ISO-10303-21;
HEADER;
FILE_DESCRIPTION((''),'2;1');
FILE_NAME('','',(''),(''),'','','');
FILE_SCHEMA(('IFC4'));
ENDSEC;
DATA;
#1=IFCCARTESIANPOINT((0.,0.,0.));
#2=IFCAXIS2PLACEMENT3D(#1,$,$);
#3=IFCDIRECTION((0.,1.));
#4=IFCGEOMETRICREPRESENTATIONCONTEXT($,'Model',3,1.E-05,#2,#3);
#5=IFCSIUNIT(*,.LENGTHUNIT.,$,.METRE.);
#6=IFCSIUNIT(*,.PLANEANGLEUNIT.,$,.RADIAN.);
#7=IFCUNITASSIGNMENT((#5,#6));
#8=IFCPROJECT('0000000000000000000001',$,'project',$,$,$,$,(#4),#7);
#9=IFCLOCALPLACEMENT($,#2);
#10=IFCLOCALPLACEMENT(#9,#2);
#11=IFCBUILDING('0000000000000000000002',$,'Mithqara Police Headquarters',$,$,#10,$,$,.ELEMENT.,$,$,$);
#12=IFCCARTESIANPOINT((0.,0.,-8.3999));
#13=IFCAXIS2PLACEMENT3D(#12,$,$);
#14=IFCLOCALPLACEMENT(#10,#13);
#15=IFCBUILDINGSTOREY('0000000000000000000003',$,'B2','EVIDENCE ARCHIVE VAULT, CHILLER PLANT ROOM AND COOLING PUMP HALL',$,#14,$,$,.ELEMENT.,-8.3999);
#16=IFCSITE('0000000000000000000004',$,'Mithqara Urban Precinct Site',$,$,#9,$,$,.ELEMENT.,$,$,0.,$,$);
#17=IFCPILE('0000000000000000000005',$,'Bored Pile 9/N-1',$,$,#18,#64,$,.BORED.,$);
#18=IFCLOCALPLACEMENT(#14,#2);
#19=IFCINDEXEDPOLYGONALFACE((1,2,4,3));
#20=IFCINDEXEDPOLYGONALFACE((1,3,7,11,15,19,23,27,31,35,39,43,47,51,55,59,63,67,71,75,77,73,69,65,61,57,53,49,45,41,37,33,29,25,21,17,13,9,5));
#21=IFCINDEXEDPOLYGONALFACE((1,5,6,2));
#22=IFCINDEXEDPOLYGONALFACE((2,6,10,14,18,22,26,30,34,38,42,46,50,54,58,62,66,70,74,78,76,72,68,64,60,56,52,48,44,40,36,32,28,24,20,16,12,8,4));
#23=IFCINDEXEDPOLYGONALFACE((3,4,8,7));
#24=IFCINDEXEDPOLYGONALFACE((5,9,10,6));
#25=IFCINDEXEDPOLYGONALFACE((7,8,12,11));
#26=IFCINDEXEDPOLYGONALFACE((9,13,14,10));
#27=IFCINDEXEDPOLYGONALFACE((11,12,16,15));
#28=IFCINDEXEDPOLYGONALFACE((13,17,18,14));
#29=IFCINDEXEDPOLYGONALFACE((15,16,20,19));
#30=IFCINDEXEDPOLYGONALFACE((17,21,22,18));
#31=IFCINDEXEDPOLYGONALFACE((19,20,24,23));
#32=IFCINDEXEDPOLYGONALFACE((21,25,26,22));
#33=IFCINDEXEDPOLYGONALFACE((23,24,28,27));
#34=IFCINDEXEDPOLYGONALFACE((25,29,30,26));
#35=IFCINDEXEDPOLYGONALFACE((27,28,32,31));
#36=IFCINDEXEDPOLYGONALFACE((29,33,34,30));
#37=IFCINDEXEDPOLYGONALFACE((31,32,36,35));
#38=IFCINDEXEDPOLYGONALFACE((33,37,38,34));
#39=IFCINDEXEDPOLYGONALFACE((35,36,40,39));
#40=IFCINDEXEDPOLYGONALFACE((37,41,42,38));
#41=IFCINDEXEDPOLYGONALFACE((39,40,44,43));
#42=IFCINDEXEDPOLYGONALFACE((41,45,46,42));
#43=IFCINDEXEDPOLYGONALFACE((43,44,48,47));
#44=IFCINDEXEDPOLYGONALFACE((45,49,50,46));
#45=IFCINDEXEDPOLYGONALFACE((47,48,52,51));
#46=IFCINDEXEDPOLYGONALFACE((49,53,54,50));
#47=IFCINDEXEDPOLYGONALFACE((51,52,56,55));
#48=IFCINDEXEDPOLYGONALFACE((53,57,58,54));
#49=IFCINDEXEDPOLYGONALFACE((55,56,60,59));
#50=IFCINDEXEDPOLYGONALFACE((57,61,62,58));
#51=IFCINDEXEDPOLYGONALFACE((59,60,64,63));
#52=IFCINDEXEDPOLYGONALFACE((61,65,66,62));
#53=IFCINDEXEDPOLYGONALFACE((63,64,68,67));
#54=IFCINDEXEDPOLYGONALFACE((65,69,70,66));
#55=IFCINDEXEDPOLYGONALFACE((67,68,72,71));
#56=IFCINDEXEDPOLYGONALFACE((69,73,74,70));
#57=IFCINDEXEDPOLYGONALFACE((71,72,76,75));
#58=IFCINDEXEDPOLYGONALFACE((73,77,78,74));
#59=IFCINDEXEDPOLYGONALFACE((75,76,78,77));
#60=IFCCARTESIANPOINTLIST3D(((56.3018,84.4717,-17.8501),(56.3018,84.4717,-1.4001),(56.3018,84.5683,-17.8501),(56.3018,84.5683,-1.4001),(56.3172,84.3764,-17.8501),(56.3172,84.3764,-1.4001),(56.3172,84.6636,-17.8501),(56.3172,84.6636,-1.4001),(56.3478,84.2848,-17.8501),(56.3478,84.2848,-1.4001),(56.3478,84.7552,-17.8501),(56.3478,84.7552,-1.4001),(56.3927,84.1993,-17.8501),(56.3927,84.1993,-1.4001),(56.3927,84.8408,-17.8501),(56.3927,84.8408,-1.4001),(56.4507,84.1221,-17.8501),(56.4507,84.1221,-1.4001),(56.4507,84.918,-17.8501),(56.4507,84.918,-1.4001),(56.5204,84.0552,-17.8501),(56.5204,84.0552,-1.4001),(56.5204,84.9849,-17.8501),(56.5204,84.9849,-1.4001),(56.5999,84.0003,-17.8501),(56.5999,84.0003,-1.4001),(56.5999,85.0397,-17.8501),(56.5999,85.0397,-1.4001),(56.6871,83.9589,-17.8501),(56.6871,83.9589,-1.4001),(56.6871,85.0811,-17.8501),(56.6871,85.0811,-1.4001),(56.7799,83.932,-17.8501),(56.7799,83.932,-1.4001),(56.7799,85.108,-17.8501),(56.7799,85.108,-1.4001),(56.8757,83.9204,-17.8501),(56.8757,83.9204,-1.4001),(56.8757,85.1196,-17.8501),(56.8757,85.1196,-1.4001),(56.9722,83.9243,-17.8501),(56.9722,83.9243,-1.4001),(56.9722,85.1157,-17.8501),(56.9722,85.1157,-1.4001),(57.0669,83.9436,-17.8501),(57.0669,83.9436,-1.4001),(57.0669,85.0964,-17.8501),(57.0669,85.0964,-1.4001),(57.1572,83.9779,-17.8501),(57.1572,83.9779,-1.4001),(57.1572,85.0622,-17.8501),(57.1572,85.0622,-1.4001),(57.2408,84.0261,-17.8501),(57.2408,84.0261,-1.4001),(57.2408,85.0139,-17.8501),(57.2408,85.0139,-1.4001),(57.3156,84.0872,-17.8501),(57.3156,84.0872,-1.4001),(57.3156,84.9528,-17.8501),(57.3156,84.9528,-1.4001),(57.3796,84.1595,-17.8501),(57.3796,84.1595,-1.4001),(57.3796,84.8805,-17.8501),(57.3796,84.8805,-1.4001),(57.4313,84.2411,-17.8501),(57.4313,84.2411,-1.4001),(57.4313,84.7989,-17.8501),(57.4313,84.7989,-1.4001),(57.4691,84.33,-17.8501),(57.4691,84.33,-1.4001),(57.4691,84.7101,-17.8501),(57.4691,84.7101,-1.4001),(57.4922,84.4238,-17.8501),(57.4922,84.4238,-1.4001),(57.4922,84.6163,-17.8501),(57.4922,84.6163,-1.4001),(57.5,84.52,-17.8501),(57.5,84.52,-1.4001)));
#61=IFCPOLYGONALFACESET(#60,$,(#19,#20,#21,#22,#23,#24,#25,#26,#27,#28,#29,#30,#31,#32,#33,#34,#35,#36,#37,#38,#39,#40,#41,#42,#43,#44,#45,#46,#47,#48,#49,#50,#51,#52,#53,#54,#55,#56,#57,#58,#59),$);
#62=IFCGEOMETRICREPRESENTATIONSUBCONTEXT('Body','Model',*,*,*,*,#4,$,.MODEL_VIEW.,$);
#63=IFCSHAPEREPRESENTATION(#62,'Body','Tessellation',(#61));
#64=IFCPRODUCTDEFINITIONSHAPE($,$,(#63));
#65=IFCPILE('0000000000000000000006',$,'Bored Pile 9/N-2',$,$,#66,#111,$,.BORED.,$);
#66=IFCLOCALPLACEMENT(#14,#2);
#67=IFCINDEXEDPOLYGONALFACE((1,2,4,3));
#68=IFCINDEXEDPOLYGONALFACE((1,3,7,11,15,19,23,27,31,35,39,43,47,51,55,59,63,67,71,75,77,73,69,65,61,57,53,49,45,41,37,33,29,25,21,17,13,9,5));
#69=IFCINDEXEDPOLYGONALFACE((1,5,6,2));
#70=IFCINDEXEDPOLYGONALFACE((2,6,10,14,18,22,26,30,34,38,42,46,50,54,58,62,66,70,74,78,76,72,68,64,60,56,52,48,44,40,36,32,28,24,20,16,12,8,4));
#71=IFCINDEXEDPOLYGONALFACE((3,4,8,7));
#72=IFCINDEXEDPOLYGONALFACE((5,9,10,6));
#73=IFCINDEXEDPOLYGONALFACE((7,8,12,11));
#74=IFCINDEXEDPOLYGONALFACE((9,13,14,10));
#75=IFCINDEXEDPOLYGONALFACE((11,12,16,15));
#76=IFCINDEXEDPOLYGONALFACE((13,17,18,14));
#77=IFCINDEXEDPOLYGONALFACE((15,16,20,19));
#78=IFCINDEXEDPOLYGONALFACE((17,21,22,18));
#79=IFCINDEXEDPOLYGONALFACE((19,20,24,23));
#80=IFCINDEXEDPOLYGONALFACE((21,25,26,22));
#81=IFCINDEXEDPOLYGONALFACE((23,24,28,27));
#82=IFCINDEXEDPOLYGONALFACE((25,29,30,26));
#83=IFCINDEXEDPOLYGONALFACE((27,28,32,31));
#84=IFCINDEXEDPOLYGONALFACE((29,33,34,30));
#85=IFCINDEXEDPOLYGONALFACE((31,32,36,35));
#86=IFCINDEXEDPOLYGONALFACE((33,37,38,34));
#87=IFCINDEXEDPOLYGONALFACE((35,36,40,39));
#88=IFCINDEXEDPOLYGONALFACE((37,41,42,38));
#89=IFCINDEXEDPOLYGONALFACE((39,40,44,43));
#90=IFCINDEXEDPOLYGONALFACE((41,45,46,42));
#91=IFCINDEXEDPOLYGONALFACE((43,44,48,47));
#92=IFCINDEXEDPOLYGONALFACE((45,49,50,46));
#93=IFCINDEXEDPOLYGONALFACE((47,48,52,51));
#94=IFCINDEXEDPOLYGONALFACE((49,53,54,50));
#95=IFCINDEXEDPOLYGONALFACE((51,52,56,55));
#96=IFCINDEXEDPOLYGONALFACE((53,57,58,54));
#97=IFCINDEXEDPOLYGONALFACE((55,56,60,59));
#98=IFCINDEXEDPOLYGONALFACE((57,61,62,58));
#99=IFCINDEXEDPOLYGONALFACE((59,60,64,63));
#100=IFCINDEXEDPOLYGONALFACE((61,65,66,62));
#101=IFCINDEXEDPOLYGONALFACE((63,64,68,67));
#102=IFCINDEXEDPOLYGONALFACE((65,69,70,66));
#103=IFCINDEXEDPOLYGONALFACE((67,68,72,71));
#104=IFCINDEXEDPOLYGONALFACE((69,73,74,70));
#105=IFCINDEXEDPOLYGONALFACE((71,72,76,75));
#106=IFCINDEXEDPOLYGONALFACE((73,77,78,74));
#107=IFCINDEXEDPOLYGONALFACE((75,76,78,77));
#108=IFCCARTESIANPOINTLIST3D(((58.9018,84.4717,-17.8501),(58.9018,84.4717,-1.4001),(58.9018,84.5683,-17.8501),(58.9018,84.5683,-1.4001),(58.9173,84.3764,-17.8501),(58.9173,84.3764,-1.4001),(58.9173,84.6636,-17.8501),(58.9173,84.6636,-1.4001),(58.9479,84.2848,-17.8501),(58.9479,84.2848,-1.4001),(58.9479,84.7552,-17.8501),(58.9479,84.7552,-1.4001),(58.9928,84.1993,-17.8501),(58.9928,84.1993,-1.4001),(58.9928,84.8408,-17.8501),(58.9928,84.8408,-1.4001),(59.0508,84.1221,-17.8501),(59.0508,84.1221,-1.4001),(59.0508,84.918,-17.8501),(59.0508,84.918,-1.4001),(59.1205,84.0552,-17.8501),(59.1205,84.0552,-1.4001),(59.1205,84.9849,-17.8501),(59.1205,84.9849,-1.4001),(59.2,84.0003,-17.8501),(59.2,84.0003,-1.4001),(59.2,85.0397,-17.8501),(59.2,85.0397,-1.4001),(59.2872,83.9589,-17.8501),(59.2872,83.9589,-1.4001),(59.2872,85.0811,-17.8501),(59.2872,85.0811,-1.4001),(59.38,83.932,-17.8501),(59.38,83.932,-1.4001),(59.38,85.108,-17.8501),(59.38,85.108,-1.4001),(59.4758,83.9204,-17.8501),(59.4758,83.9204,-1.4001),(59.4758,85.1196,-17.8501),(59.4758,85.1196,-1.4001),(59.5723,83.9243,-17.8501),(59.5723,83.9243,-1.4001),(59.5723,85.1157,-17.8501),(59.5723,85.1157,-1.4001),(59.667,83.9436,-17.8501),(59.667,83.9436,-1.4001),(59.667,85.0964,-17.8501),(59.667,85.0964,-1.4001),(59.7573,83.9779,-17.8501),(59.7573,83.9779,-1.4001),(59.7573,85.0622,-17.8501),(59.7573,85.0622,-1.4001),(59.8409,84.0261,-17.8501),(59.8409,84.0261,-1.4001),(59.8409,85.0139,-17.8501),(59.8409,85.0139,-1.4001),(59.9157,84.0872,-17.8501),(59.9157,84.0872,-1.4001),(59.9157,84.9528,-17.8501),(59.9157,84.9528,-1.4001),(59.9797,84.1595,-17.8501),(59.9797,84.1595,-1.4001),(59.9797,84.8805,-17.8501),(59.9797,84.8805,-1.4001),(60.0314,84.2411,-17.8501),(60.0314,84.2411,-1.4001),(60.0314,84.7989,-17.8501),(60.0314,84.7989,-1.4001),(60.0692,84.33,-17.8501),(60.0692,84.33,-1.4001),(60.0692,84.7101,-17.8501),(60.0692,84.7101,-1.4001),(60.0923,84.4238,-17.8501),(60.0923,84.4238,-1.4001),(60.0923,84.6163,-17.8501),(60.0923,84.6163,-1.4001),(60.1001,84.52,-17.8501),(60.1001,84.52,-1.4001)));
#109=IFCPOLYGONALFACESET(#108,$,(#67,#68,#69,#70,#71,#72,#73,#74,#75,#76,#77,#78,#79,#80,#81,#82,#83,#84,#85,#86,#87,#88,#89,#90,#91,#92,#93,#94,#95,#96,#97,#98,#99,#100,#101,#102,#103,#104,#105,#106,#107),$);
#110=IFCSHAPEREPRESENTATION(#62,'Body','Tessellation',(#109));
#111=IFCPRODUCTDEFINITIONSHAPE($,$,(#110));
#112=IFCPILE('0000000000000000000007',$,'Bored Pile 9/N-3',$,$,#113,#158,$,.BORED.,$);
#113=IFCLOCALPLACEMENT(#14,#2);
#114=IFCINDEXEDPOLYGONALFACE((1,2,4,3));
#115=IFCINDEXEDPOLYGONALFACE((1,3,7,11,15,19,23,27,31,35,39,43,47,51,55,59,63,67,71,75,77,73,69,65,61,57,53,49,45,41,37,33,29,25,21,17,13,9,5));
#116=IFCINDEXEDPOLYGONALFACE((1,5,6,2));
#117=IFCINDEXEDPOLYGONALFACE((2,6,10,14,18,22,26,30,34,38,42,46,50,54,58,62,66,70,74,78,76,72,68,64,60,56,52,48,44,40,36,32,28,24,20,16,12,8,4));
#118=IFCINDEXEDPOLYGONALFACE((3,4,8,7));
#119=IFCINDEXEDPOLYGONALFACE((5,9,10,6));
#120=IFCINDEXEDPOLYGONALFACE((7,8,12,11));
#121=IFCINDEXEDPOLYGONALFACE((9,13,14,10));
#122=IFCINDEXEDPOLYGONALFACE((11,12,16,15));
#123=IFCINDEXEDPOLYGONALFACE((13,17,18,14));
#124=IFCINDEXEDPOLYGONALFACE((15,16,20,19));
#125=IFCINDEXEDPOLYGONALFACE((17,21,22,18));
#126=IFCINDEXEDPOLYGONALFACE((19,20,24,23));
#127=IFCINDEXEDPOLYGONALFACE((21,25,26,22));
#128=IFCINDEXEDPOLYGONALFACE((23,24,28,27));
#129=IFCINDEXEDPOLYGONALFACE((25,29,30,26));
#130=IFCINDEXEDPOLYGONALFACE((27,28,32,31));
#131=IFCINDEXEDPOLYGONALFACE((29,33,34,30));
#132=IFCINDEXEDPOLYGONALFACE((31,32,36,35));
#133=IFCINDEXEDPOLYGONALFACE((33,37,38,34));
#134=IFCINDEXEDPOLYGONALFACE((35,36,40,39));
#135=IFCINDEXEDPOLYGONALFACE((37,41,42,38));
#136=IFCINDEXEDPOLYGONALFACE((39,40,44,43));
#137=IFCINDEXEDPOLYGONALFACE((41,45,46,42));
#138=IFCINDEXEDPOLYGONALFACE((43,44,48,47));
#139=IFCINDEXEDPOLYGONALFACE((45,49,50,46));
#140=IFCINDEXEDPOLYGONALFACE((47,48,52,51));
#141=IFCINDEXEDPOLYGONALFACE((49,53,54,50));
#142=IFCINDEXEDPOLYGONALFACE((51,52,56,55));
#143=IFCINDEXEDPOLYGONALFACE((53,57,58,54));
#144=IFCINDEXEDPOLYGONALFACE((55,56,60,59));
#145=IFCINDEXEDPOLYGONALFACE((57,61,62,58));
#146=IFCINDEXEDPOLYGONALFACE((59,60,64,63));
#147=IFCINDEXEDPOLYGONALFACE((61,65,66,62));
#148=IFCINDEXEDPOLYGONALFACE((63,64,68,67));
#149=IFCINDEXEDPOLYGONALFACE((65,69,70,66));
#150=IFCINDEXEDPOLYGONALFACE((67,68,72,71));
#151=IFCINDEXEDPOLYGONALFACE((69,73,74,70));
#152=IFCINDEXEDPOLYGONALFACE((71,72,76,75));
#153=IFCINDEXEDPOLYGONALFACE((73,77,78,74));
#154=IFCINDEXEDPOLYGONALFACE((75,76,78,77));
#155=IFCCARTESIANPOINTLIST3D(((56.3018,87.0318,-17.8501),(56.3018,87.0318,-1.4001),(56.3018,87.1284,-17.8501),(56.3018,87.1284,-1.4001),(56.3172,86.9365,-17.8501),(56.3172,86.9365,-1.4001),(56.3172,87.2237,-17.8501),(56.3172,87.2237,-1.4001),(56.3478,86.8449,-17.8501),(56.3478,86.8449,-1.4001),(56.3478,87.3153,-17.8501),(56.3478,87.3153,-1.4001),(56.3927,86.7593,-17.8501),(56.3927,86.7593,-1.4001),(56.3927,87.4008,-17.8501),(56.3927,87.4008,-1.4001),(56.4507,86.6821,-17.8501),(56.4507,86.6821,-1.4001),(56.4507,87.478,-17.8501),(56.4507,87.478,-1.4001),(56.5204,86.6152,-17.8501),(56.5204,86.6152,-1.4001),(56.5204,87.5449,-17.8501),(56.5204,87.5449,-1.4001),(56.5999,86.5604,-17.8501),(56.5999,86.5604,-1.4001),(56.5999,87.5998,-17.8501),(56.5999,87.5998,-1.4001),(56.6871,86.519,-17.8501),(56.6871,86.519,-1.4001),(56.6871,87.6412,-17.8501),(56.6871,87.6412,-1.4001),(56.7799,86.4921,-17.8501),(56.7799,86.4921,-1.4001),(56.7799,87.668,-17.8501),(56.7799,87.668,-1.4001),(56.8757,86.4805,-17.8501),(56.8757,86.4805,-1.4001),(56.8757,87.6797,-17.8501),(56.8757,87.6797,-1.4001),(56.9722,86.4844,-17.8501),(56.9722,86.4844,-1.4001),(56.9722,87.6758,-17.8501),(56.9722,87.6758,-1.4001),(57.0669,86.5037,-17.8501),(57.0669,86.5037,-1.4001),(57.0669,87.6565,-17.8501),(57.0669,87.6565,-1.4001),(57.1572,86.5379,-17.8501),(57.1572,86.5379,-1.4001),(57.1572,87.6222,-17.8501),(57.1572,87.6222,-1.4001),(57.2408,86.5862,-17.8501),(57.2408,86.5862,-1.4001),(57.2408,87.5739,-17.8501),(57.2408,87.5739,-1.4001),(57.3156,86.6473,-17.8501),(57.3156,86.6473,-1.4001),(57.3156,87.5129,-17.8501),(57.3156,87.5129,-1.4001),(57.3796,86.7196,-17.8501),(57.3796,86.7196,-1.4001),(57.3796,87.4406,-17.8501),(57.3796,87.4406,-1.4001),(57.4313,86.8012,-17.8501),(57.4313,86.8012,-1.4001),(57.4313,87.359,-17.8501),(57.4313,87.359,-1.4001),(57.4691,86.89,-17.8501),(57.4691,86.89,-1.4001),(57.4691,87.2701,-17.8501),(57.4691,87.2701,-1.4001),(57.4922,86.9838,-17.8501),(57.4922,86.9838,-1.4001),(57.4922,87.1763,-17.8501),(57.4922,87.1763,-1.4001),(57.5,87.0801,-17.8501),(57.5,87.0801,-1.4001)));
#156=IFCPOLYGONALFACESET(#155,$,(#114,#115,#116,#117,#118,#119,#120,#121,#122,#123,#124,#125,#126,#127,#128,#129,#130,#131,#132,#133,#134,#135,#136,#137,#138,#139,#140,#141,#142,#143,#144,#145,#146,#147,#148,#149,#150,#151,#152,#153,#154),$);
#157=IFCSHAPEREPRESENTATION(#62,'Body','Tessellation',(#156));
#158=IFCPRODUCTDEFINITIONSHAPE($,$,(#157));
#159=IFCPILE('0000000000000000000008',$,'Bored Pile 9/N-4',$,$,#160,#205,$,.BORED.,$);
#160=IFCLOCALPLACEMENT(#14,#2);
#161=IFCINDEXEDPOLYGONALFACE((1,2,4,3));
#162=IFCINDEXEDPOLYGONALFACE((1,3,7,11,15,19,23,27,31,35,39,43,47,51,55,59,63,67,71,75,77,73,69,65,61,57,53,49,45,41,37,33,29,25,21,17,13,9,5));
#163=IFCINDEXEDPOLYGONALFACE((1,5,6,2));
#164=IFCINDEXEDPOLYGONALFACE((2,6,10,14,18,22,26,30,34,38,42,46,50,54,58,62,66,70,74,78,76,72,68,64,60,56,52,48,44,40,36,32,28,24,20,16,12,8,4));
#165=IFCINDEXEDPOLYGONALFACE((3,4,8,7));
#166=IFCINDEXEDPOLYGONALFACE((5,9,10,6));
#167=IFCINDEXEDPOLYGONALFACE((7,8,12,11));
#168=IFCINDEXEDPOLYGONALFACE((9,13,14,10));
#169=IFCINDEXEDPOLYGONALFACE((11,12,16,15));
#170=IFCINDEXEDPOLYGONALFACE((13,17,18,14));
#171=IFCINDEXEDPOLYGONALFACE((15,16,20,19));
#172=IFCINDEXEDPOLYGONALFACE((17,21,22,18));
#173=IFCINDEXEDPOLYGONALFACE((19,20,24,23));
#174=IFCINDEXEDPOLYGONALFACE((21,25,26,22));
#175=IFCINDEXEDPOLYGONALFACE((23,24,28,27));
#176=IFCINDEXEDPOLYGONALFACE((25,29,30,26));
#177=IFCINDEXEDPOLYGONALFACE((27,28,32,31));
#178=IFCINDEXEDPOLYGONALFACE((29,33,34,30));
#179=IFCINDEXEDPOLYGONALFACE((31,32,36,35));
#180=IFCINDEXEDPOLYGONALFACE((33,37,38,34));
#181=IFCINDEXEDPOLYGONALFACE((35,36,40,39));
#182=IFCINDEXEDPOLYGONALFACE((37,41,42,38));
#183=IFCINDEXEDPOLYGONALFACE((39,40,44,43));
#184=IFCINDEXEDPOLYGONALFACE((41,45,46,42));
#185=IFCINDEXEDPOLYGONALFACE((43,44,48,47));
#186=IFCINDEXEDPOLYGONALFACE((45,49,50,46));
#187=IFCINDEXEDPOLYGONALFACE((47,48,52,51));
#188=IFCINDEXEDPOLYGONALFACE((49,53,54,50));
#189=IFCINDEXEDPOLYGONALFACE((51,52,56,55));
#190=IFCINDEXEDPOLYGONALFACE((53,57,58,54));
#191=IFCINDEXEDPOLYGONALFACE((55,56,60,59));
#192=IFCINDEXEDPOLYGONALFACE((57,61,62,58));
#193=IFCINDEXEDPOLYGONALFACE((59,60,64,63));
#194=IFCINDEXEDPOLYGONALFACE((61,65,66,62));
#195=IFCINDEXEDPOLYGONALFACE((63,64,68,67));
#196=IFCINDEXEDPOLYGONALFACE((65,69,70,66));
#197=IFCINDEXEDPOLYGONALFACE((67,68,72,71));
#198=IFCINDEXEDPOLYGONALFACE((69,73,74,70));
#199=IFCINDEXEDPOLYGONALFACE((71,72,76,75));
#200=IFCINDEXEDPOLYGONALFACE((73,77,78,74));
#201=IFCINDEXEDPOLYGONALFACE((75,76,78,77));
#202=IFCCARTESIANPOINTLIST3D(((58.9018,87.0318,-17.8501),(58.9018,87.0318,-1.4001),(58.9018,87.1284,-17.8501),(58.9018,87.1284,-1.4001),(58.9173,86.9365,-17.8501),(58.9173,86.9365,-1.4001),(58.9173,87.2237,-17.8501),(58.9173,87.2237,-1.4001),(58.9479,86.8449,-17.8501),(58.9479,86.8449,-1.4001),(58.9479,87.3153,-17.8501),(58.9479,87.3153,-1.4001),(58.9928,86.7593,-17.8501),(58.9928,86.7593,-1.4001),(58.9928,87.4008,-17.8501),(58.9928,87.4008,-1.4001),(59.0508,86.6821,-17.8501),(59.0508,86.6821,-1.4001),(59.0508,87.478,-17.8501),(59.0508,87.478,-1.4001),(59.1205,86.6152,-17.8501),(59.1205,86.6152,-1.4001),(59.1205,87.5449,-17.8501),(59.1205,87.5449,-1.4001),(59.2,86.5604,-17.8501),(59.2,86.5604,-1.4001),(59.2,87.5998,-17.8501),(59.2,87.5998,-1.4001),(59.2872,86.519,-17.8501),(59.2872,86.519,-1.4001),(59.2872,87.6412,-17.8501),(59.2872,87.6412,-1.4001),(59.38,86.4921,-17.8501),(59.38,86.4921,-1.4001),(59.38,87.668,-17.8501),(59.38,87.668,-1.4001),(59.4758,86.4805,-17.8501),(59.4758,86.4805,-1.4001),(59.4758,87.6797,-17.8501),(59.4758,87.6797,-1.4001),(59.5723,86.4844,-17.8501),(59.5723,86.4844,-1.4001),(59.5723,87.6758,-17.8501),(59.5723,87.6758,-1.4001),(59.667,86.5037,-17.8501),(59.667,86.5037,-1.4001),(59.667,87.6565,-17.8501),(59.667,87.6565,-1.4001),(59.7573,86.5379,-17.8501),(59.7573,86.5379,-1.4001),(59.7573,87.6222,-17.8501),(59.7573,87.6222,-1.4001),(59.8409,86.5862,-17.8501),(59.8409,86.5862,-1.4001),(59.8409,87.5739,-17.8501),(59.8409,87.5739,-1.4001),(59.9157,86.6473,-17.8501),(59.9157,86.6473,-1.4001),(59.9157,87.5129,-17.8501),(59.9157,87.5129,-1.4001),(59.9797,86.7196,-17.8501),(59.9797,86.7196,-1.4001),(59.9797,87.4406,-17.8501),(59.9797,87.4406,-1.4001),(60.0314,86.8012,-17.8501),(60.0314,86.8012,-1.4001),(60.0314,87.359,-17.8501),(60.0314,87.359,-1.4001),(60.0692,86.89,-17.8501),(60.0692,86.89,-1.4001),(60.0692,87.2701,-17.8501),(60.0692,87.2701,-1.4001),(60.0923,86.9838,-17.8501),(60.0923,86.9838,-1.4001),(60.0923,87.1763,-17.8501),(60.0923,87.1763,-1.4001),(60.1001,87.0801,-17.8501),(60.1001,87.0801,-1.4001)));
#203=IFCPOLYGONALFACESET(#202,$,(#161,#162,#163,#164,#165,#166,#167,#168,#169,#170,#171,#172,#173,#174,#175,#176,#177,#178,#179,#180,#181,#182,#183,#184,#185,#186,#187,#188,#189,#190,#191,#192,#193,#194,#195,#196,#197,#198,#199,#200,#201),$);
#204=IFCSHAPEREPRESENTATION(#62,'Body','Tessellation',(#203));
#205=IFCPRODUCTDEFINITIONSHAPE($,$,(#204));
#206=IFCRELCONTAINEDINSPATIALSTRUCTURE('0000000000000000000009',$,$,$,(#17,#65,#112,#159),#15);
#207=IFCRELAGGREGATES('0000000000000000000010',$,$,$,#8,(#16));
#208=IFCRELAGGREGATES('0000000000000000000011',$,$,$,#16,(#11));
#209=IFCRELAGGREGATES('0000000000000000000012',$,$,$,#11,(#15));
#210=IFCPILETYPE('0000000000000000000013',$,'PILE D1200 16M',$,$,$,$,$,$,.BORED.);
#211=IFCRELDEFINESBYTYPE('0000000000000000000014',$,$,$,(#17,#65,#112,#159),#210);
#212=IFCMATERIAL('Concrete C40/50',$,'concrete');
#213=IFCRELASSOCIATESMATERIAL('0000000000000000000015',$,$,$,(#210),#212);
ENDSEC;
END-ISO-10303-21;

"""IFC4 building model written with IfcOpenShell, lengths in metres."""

from ifc_helpers import new_model, si_unit, direction, frame, origin, origin_2d, place, context, subcontext, project, spatial, circle, extrude, material, material_profile, profile_set, type_object, element, save


model = new_model("IFC4")

# Units and contexts
model_context = context("Model", 3, precision=1e-05, world=origin(), true_north=direction((0.0, 1.0)))
body_context = subcontext(model_context, "Body", "Model", "MODEL_VIEW")
ifc_project = project(units=[si_unit("LENGTHUNIT", "METRE"), si_unit("PLANEANGLEUNIT", "RADIAN")], contexts=[model_context])

# Site, building, storey
site_placement = place(None, origin())
site = spatial("IfcSite", under=ifc_project, at=site_placement, Name="Mithqara Urban Precinct Site", CompositionType="ELEMENT", RefElevation=0.0)
building_placement = place(site_placement, origin())
building = spatial("IfcBuilding", under=site, at=building_placement, Name="Mithqara Police Headquarters", CompositionType="ELEMENT")
storey_placement = place(building_placement, frame((0.0, 0.0, -8.3999)))
storey = spatial("IfcBuildingStorey", under=building, at=storey_placement, Name="B2", Description="EVIDENCE ARCHIVE VAULT, CHILLER PLANT ROOM AND COOLING PUMP HALL", CompositionType="ELEMENT", Elevation=-8.3999)

# Shared definitions
ifc_material_1 = material(Name="Concrete C40/50", Category="concrete")

# Piles
ifc_material_profile_1 = material_profile(ifc_material_1, circle(Radius=0.6001, at=origin_2d()), Name="PILE D1200")
ifc_profile_set_1 = profile_set([ifc_material_profile_1], Name="Concrete C40/50")
pile_type_1 = type_object("IfcPileType", Name="PILE D1200 16M", PredefinedType="BORED", material=ifc_profile_set_1)
for number, where, z_axis, x_axis, name in (
    (1, (56.8999, 84.52, -1.4001), (0.0, 0.0, -1.0), (1.0, 0.0, 0.0), "Bored Pile 9/N-1"),
    (2, (59.5, 84.52, -1.4001), (0.0, 0.0, -1.0), (1.0, 0.0, 0.0), "Bored Pile 9/N-2"),
    (3, (56.8999, 87.0801, -1.4001), (0.0, 0.0, -1.0), (1.0, 0.0, 0.0), "Bored Pile 9/N-3"),
    (4, (59.5, 87.0801, -1.4001), (0.0, 0.0, -1.0), (1.0, 0.0, 0.0), "Bored Pile 9/N-4"),
):
    element("IfcPile", number, at=place(storey_placement, frame(where, z_axis=z_axis, x_axis=x_axis)), inside=storey, type_object=pile_type_1, Name=name, PredefinedType="BORED", context=body_context, shape_type="SweptSolid", body=[
        extrude(circle(Radius=0.6001, at=origin_2d()), origin(), (0.0, 0.0, 1.0), 16.45),
    ])

save(model, "model.ifc")
